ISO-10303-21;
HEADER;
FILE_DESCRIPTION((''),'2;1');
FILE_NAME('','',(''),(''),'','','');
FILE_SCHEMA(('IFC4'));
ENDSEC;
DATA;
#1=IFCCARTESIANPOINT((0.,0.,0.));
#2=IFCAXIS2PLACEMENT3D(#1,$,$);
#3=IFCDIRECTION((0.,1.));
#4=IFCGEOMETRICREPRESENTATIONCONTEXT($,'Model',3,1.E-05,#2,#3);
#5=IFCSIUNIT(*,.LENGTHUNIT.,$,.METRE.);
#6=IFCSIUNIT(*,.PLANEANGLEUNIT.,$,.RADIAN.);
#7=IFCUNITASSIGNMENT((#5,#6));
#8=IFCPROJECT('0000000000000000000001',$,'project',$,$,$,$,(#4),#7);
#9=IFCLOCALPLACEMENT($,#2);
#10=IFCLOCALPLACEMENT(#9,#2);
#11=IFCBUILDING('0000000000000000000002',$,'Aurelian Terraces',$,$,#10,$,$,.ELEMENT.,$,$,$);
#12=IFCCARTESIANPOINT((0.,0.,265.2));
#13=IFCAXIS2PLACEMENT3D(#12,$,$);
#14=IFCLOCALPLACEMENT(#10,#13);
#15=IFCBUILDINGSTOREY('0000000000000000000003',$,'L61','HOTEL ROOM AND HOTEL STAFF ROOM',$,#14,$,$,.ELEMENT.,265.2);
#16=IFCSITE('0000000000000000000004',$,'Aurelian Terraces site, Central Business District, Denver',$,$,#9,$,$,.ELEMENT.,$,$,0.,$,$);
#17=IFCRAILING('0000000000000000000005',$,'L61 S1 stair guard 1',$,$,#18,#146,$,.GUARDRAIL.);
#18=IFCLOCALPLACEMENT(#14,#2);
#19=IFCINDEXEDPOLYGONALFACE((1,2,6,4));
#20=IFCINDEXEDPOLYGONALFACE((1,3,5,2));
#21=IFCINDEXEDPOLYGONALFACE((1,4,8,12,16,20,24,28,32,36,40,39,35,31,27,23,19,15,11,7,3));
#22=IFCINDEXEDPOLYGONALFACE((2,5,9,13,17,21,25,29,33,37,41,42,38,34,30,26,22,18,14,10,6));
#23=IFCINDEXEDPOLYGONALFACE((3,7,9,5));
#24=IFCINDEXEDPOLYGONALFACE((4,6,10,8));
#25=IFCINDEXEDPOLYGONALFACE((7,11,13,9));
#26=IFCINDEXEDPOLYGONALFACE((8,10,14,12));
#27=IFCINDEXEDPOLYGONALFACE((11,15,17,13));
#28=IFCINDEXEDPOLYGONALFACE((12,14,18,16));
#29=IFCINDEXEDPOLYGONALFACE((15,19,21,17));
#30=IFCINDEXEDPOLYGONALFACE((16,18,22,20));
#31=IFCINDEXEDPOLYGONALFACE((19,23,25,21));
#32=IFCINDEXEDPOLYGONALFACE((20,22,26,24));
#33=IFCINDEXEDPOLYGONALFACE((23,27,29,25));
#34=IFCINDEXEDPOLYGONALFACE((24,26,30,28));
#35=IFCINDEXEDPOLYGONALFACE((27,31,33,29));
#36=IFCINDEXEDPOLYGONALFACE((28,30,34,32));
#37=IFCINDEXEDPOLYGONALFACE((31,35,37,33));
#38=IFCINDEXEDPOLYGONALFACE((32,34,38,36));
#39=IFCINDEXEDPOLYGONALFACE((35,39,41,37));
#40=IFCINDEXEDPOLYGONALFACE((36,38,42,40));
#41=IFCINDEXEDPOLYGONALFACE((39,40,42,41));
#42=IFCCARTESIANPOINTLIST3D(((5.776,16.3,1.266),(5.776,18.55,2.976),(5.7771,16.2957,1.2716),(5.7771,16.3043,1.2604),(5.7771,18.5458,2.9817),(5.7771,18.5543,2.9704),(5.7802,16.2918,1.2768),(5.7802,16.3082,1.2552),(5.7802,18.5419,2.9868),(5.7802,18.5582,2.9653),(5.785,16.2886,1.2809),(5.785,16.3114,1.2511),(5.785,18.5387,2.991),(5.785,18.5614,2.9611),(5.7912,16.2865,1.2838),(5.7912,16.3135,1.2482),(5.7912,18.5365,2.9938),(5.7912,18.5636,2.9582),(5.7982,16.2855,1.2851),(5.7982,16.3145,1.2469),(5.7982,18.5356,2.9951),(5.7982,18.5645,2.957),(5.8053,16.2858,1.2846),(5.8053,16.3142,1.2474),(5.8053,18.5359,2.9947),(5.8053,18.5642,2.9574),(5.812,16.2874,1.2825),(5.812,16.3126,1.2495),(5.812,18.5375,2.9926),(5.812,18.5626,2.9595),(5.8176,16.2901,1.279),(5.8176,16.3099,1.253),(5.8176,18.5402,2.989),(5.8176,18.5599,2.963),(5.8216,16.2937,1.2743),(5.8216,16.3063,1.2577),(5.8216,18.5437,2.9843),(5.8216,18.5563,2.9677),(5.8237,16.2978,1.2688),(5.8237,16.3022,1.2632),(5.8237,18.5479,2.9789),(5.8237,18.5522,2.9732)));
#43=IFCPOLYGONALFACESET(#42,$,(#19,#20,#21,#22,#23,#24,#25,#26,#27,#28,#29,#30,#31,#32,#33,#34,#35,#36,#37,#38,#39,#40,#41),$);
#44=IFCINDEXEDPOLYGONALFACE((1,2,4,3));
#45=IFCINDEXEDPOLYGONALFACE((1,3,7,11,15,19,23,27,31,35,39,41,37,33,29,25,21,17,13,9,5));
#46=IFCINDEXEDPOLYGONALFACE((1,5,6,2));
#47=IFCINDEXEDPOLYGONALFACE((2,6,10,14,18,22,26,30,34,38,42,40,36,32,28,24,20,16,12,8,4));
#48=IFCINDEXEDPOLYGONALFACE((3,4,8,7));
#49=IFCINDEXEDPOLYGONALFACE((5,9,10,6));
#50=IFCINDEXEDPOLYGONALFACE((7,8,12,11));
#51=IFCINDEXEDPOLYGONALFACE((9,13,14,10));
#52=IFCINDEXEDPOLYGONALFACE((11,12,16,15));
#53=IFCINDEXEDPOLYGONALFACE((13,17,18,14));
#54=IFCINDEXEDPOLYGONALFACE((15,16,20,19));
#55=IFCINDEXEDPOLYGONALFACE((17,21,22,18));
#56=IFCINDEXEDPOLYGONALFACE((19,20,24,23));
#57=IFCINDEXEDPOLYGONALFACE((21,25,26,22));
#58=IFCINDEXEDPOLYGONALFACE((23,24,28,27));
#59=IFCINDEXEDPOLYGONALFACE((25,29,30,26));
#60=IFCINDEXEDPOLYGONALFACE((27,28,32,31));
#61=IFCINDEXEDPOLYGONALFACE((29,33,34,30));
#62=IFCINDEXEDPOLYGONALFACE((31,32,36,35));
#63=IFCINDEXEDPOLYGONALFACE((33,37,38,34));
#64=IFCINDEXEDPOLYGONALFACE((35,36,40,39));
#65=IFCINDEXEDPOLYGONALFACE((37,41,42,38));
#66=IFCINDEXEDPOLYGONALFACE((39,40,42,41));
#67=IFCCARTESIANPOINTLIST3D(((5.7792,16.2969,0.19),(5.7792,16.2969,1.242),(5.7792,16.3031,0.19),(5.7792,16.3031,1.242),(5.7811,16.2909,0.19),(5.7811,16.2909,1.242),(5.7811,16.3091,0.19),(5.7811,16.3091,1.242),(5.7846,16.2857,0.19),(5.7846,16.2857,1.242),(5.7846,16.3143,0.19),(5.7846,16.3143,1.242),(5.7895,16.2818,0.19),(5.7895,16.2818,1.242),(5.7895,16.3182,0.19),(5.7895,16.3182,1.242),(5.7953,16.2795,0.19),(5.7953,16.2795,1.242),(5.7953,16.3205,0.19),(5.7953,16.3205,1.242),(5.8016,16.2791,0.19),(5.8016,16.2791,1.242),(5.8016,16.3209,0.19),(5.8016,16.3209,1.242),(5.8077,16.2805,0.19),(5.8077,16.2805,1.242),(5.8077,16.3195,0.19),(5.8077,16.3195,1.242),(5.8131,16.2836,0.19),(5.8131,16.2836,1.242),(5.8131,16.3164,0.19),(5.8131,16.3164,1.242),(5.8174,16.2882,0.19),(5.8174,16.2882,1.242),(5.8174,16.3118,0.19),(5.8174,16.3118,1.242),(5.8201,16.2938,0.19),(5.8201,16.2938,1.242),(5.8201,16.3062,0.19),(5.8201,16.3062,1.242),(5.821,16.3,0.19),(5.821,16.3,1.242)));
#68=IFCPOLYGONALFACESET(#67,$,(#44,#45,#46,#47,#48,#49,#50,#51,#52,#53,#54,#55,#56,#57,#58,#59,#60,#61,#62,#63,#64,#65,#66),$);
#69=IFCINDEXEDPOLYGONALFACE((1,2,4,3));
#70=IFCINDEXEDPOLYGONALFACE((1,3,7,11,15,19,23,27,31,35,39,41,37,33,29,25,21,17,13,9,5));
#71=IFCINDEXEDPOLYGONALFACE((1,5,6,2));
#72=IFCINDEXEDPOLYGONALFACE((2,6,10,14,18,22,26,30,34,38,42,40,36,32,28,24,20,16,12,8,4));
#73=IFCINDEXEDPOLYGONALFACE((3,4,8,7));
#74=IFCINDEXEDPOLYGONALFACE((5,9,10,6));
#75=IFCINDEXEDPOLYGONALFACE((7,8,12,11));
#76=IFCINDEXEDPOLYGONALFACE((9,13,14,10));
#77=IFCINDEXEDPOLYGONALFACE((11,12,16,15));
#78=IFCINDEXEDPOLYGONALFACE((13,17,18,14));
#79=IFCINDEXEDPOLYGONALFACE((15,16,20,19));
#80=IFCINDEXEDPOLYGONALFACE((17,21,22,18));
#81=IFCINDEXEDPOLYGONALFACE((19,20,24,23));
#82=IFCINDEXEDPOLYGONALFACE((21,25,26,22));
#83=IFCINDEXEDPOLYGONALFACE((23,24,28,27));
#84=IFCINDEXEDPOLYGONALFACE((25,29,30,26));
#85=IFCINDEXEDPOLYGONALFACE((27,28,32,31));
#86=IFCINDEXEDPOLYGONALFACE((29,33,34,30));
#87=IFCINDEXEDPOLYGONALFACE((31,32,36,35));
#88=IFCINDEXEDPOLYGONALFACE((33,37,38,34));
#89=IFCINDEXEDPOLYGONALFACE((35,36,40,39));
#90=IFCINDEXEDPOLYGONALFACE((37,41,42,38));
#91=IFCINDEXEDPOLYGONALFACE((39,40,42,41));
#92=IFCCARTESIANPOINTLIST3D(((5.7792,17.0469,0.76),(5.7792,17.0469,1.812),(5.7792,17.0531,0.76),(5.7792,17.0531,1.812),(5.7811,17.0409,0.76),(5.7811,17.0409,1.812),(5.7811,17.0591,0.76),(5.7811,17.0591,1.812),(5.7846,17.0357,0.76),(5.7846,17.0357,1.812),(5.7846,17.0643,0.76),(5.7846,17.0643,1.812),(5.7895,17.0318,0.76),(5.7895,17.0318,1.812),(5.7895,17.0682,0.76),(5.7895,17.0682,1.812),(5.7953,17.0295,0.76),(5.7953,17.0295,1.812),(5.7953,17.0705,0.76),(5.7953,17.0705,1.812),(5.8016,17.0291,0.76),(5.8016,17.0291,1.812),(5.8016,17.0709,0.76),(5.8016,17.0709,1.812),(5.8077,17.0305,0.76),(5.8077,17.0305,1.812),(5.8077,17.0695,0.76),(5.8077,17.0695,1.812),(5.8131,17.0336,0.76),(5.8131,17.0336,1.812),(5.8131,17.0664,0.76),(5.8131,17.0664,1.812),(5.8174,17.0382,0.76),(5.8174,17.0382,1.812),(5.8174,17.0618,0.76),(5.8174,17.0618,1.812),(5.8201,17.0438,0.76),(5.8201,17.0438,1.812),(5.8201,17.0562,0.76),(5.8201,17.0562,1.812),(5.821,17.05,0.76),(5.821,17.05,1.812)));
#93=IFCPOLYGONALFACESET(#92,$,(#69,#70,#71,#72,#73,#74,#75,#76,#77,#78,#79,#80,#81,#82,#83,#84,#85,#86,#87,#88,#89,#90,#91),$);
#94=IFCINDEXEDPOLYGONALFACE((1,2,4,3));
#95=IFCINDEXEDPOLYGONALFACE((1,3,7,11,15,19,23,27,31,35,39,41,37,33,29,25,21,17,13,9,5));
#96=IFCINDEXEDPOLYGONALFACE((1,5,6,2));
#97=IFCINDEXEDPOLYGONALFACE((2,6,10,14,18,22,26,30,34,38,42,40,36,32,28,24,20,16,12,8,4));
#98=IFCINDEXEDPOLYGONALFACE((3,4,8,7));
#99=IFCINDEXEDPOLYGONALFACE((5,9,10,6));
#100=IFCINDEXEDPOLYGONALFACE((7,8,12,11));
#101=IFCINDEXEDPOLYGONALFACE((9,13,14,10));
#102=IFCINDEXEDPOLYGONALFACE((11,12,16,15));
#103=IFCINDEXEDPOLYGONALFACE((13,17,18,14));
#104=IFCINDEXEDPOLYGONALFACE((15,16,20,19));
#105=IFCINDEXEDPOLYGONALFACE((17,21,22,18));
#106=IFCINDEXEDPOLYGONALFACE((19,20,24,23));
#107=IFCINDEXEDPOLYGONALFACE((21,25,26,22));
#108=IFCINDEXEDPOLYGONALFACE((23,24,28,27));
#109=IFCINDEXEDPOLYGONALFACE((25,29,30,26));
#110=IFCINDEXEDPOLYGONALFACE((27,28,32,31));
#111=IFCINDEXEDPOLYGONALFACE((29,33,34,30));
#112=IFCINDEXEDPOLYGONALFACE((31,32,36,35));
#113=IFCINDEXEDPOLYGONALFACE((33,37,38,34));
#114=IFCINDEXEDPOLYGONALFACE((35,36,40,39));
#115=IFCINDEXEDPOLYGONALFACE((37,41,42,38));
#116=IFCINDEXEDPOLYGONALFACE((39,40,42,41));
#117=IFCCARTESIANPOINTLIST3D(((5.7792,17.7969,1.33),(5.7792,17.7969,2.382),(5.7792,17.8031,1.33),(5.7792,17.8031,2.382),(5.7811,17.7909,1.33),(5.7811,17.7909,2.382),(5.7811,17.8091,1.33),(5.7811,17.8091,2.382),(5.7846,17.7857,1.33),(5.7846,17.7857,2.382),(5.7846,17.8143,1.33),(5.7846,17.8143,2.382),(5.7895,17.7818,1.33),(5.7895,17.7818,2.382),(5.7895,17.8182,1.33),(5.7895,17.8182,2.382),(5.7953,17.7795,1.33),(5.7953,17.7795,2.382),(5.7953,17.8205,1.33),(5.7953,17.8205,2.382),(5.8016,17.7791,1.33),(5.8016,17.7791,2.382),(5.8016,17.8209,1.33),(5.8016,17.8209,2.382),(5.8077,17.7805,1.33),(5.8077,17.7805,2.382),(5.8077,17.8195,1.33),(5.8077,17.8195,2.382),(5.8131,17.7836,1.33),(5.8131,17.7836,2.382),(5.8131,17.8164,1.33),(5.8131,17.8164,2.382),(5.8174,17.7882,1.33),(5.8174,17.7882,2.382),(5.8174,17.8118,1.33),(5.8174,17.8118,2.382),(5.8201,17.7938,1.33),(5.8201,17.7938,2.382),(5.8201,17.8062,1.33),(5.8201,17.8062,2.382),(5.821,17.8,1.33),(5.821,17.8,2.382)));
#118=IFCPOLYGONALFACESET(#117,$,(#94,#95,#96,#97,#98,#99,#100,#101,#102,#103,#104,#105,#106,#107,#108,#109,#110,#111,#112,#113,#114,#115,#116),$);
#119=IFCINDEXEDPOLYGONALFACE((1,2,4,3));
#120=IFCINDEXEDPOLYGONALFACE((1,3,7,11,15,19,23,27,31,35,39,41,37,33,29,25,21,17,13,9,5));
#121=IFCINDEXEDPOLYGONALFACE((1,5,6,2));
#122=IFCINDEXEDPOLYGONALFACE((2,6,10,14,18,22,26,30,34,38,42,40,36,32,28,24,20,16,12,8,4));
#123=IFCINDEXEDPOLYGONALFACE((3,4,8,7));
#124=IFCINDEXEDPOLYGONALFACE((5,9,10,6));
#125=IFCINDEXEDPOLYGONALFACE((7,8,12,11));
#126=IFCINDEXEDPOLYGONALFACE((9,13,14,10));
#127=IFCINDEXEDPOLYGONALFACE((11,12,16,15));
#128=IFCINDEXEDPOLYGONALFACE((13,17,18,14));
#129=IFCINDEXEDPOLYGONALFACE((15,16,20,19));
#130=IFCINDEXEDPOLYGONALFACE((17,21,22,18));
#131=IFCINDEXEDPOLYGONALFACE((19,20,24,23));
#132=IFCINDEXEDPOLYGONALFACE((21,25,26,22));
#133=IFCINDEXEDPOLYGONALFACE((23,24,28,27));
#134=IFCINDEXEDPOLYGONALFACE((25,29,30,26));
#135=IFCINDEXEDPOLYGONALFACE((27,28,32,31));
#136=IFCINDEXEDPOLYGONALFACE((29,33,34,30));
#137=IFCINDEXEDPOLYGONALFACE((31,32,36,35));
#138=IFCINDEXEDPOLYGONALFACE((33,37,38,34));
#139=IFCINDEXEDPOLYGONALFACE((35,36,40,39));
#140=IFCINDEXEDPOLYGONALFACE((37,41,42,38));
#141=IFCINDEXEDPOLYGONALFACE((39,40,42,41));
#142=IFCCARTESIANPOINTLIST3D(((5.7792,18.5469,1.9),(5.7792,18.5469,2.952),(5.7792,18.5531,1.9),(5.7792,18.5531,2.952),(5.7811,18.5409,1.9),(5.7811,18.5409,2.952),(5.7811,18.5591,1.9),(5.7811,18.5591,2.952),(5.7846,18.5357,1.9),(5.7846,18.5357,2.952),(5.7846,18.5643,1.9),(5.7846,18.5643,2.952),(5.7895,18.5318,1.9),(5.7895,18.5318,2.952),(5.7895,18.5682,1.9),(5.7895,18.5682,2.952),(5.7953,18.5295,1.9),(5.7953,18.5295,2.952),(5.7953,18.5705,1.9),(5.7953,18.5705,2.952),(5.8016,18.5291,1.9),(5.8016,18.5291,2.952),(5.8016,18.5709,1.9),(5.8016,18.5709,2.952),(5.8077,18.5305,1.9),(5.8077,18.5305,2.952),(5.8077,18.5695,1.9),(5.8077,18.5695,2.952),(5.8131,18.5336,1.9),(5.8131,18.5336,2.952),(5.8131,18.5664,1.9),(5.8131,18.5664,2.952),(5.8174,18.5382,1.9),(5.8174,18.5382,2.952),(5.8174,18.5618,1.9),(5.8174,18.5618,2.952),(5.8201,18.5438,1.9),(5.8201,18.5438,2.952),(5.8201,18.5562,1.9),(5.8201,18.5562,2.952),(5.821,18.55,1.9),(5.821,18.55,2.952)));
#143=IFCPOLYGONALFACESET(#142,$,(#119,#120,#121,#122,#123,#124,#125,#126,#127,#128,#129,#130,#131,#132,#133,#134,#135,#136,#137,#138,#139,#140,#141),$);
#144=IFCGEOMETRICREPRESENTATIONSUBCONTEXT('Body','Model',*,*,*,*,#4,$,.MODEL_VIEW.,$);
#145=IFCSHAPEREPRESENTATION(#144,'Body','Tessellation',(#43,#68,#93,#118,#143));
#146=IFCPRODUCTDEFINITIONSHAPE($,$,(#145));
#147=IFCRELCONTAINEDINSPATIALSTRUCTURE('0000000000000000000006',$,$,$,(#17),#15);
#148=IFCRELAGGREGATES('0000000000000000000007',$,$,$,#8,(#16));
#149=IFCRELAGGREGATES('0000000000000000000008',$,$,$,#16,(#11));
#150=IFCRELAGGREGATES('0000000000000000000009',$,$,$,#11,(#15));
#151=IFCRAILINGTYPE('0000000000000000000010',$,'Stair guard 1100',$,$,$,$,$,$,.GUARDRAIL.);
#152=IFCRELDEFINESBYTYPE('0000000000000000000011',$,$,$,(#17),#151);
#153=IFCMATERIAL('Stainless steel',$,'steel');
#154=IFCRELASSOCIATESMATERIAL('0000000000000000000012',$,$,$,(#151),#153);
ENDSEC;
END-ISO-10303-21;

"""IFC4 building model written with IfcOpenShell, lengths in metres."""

from ifc_helpers import new_model, si_unit, direction, frame, origin, origin_2d, place, context, subcontext, project, spatial, circle, extrude, source, transform, mapped, material, type_object, element, save


model = new_model("IFC4")

# Units and contexts
model_context = context("Model", 3, precision=1e-05, world=origin(), true_north=direction((0.0, 1.0)))
body_context = subcontext(model_context, "Body", "Model", "MODEL_VIEW")
ifc_project = project(units=[si_unit("LENGTHUNIT", "METRE"), si_unit("PLANEANGLEUNIT", "RADIAN")], contexts=[model_context])

# Site, building, storey
site_placement = place(None, origin())
site = spatial("IfcSite", under=ifc_project, at=site_placement, Name="Aurelian Terraces site, Central Business District, Denver", CompositionType="ELEMENT", RefElevation=0.0)
building_placement = place(site_placement, origin())
building = spatial("IfcBuilding", under=site, at=building_placement, Name="Aurelian Terraces", CompositionType="ELEMENT")
storey_placement = place(building_placement, frame((0.0, 0.0, 265.2)))
storey = spatial("IfcBuildingStorey", under=building, at=storey_placement, Name="L61", Description="HOTEL ROOM AND HOTEL STAFF ROOM", CompositionType="ELEMENT", Elevation=265.2)

# Railing
ifc_material_1 = material(Name="Stainless steel", Category="steel")
railing_type_1 = type_object("IfcRailingType", Name="Stair guard 1100", PredefinedType="GUARDRAIL", material=ifc_material_1)
shared_shape_1 = source(origin(), body_context, "Body", "SweptSolid", [
    extrude(circle(Radius=0.024, at=origin_2d()), frame((0.0, 0.0, 1.076), z_axis=(0.0, 0.796162, 0.605083), x_axis=(-1.0, 0.0, 0.0)), (0.0, 0.0, 1.0), 2.8261),
    extrude(circle(Radius=0.021, at=origin_2d()), origin(), (0.0, 0.0, 1.0), 1.052),
    extrude(circle(Radius=0.021, at=origin_2d()), frame((0.0, 0.75, 0.57)), (0.0, 0.0, 1.0), 1.052),
    extrude(circle(Radius=0.021, at=origin_2d()), frame((0.0, 1.5, 1.14)), (0.0, 0.0, 1.0), 1.052),
    extrude(circle(Radius=0.021, at=origin_2d()), frame((0.0, 2.25, 1.71)), (0.0, 0.0, 1.0), 1.052),
])
railing_1_placement = place(storey_placement, frame((5.8, 16.3, 0.19)))
element("IfcRailing", 1, at=railing_1_placement, inside=storey, type_object=railing_type_1, Name="L61 S1 stair guard 1", PredefinedType="GUARDRAIL", context=body_context, shape_type="MappedRepresentation", body=[
    mapped(shared_shape_1, transform((0.0, 0.0, 0.0), scale=1.0)),
])

save(model, "model.ifc")
